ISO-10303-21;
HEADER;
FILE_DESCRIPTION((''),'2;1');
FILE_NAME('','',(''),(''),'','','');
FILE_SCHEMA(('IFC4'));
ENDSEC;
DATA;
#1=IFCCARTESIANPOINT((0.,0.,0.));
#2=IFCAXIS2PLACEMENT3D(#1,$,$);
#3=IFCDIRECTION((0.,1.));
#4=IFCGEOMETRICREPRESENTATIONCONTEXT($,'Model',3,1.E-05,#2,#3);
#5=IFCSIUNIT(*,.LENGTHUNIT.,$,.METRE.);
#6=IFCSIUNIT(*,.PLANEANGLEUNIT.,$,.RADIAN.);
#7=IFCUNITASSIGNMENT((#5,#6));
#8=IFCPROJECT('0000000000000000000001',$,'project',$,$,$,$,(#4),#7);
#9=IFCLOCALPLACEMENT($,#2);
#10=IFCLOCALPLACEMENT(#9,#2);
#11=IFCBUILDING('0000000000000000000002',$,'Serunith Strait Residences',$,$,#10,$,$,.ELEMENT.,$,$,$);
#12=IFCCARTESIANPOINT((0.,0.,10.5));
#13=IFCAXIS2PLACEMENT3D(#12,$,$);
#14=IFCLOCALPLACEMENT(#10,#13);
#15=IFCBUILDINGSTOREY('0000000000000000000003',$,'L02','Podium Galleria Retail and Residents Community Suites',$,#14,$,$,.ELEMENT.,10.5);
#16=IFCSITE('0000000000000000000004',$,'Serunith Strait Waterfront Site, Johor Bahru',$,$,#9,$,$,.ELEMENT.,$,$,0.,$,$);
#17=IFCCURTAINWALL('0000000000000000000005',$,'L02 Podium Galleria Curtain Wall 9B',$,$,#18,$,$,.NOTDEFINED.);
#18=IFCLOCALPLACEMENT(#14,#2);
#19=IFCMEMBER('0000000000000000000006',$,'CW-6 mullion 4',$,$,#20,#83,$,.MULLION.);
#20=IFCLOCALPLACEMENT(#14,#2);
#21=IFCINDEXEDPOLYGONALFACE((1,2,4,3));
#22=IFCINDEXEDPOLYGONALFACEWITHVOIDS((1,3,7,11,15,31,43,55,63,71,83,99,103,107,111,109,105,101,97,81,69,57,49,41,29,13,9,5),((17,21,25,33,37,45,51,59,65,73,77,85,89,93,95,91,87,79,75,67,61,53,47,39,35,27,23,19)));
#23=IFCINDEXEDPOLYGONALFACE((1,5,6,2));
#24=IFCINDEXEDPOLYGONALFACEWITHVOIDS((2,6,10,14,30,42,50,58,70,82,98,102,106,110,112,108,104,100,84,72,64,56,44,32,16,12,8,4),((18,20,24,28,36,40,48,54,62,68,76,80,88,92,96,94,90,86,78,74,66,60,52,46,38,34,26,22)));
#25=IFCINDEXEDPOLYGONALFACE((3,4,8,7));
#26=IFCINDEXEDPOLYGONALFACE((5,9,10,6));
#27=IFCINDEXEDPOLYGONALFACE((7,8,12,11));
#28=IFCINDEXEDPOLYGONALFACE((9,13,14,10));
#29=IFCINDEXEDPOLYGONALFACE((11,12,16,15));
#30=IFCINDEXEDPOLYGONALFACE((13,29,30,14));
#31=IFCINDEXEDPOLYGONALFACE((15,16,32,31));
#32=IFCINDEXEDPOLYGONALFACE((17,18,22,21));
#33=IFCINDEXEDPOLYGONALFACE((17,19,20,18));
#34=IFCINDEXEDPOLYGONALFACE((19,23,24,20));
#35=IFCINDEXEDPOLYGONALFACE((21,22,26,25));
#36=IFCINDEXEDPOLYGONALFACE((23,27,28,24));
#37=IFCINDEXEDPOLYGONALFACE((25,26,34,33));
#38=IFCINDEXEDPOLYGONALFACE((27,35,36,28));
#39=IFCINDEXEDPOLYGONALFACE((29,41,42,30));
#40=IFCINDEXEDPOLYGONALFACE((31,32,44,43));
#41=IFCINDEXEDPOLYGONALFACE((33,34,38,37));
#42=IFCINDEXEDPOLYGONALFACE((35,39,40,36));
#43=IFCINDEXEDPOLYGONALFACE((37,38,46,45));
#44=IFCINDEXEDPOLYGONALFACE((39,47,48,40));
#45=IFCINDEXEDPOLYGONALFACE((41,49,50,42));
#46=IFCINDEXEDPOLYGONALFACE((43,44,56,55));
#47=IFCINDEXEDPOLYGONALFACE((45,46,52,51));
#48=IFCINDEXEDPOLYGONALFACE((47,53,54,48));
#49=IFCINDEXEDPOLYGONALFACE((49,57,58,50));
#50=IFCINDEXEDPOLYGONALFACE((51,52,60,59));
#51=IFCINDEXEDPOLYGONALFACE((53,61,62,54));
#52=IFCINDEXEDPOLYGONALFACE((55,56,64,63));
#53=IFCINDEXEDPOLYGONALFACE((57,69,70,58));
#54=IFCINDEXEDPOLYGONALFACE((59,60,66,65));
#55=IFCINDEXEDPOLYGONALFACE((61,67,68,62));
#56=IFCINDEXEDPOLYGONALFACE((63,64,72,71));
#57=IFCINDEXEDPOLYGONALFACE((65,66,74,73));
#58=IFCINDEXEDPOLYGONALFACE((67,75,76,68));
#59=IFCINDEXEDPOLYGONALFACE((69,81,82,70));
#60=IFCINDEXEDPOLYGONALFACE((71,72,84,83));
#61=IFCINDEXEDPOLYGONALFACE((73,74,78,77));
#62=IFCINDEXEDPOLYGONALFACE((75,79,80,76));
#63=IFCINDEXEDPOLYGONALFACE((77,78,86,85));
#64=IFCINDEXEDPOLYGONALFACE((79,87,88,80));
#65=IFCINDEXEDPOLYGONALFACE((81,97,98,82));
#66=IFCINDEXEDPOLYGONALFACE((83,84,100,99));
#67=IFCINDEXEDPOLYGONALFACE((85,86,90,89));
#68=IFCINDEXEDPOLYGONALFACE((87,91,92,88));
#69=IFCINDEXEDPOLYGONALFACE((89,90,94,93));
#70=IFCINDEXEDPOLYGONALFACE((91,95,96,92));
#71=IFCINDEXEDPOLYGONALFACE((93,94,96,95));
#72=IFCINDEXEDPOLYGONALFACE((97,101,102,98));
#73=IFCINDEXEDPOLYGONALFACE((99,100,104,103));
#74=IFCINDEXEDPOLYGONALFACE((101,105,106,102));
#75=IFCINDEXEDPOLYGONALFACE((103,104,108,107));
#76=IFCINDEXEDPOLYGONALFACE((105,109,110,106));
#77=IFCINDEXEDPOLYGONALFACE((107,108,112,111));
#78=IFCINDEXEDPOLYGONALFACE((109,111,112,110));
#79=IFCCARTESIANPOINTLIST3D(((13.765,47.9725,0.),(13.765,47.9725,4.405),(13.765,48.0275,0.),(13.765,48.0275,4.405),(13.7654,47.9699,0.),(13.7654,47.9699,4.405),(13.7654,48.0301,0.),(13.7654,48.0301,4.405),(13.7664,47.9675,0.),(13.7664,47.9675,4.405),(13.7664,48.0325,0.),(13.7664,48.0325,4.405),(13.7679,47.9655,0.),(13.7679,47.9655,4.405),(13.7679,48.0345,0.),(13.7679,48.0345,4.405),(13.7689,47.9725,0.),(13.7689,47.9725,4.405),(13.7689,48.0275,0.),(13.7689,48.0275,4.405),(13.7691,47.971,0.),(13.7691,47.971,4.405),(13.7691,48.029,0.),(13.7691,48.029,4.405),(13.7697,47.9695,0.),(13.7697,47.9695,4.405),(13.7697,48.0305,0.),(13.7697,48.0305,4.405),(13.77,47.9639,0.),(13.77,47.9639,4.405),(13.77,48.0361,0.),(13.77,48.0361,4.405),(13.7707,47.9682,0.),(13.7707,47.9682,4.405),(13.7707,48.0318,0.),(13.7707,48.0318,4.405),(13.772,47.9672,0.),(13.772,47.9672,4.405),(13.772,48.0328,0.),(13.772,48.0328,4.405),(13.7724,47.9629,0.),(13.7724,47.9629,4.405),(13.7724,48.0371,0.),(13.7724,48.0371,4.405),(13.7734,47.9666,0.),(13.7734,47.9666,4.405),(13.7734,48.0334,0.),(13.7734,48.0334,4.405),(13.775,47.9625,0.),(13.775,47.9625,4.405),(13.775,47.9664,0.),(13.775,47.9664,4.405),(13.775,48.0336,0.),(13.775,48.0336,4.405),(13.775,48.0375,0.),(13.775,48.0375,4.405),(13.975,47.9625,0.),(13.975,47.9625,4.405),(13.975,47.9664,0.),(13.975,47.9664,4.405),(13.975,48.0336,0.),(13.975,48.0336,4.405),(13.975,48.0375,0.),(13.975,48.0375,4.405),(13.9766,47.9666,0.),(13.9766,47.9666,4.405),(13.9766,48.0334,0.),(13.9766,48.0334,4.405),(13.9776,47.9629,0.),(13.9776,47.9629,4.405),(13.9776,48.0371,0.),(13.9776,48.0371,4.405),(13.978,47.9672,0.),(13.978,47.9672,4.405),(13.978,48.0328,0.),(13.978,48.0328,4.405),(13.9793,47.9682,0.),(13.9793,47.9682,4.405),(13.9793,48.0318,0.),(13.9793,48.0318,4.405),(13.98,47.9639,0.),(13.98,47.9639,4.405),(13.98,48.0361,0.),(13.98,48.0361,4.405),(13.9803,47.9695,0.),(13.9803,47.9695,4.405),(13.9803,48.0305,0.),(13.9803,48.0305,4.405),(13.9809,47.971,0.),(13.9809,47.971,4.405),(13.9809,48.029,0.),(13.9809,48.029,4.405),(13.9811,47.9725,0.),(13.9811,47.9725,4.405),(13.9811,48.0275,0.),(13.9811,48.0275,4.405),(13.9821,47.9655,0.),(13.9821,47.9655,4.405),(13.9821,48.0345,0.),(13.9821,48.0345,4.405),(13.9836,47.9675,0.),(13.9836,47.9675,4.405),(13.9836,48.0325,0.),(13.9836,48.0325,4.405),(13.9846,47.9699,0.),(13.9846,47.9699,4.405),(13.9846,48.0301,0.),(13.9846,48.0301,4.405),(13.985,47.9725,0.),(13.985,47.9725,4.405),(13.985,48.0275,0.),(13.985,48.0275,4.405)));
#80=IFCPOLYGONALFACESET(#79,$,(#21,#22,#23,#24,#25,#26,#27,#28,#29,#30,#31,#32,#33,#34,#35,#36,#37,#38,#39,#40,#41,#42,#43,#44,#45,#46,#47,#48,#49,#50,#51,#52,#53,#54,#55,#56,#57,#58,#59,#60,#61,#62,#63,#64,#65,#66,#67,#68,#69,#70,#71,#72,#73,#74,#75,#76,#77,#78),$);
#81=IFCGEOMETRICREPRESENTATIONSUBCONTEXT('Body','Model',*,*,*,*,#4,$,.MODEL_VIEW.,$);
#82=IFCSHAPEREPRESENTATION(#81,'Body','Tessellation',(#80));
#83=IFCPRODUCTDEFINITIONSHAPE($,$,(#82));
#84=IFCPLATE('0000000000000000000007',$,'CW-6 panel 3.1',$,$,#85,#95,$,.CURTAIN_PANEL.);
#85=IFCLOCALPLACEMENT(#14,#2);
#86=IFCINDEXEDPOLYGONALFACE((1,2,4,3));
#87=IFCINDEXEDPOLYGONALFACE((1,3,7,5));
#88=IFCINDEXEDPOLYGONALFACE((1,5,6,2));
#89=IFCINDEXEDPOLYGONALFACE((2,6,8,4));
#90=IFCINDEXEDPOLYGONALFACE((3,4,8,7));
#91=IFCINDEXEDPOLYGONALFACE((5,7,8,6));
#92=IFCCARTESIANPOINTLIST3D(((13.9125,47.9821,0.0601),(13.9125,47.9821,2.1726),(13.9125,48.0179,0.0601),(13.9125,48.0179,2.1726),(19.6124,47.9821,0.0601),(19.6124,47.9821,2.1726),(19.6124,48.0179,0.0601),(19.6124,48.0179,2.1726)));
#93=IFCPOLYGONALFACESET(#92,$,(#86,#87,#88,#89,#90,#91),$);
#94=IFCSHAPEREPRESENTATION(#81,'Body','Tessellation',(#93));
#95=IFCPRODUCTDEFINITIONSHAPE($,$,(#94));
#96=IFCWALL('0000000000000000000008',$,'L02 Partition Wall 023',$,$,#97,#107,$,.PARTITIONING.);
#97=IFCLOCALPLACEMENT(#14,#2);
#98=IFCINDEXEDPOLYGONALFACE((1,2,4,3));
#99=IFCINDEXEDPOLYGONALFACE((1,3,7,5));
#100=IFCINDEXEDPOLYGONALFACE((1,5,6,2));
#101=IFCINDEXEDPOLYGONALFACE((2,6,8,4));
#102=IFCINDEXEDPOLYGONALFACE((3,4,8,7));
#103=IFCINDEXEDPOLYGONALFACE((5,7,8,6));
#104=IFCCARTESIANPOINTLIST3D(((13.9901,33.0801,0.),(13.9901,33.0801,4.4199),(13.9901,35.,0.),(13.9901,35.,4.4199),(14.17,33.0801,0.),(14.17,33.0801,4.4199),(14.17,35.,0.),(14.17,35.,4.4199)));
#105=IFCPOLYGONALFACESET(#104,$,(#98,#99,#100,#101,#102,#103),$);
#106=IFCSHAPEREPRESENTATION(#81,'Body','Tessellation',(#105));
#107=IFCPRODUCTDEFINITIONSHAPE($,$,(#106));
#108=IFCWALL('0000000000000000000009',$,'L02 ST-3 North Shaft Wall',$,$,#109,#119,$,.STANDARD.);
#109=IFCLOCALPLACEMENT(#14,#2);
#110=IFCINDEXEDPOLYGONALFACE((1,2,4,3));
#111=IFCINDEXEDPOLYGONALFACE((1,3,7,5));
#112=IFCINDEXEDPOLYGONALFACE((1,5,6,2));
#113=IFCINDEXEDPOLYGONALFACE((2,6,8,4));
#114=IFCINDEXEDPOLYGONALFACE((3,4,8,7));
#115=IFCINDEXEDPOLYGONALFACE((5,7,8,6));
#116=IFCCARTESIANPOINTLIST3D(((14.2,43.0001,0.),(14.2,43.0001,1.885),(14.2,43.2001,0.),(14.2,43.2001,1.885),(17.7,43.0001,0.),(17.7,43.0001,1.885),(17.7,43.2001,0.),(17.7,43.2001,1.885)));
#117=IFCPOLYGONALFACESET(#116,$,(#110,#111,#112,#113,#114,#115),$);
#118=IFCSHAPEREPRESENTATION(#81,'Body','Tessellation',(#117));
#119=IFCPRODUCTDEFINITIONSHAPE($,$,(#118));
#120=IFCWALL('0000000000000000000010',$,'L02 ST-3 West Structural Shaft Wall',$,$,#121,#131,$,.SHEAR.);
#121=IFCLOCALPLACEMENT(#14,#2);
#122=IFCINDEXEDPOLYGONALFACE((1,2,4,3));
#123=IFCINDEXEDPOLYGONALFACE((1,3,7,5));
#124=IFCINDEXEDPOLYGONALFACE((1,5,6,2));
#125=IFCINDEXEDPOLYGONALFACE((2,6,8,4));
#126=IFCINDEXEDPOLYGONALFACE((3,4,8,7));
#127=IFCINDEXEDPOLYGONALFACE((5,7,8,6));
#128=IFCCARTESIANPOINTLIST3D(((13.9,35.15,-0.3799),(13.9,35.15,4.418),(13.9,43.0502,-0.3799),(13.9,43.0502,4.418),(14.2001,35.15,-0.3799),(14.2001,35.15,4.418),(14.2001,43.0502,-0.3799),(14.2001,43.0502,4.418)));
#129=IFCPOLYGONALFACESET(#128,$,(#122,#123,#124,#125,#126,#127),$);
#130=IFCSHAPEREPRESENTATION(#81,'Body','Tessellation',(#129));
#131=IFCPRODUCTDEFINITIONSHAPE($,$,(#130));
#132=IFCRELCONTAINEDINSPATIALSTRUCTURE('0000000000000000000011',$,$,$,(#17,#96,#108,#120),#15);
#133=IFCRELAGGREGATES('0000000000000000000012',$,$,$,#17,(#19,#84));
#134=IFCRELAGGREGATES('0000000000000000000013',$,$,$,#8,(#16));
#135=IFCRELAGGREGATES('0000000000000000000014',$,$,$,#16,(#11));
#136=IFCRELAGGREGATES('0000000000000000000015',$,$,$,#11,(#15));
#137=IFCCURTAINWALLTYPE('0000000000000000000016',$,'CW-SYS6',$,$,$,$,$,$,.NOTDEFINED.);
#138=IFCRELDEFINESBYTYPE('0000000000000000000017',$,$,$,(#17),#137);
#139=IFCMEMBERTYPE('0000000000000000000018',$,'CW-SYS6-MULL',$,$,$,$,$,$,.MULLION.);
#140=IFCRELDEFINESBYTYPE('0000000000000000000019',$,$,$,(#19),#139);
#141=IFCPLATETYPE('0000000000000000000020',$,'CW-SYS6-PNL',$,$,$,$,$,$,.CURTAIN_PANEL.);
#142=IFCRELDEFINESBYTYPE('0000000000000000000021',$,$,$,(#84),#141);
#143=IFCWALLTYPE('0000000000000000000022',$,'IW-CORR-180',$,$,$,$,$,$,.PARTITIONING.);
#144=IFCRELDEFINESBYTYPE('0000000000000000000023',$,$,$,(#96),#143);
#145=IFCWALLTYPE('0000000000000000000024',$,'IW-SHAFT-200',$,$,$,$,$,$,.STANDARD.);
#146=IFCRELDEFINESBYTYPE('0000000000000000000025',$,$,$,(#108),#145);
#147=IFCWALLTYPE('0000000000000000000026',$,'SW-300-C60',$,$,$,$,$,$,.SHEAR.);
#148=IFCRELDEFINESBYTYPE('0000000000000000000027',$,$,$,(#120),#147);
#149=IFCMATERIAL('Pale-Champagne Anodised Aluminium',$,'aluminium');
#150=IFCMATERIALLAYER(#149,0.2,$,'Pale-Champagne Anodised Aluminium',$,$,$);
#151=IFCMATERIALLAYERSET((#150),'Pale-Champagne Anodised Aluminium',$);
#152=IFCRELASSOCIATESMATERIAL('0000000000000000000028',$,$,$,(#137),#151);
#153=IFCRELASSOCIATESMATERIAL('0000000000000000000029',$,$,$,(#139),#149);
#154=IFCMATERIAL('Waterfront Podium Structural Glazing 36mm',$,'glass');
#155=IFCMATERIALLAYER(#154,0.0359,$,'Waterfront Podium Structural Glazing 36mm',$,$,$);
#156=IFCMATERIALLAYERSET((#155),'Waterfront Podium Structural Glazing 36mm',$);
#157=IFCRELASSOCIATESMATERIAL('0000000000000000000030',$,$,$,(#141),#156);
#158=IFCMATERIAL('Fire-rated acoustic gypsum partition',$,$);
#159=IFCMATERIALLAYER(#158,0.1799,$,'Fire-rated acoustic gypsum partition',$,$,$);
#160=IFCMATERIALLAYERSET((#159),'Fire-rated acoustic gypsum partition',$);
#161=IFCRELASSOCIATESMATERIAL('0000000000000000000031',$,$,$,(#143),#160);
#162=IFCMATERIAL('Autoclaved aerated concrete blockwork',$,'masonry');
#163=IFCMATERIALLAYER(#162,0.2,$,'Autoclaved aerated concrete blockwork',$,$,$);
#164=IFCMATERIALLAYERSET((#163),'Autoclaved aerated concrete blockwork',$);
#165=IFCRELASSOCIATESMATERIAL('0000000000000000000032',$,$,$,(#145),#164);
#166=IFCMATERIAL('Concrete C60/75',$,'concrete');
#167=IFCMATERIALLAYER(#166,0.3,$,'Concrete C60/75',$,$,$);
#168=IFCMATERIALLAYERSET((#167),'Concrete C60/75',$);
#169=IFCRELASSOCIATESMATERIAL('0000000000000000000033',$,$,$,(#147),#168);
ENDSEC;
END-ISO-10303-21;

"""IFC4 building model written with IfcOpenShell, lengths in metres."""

from ifc_helpers import new_model, si_unit, direction, frame, frame_2d, origin, origin_2d, place, context, subcontext, project, spatial, rectangle, hollow_rectangle, extrude, source, transform, mapped, material, layer, layer_set, material_profile, profile_set, type_object, element, aggregate, save


model = new_model("IFC4")

# Units and contexts
model_context = context("Model", 3, precision=1e-05, world=origin(), true_north=direction((0.0, 1.0)))
body_context = subcontext(model_context, "Body", "Model", "MODEL_VIEW")
ifc_project = project(units=[si_unit("LENGTHUNIT", "METRE"), si_unit("PLANEANGLEUNIT", "RADIAN")], contexts=[model_context])

# Site, building, storey
site_placement = place(None, origin())
site = spatial("IfcSite", under=ifc_project, at=site_placement, Name="Serunith Strait Waterfront Site, Johor Bahru", CompositionType="ELEMENT", RefElevation=0.0)
building_placement = place(site_placement, origin())
building = spatial("IfcBuilding", under=site, at=building_placement, Name="Serunith Strait Residences", CompositionType="ELEMENT")
storey_placement = place(building_placement, frame((0.0, 0.0, 10.5)))
storey = spatial("IfcBuildingStorey", under=building, at=storey_placement, Name="L02", Description="Podium Galleria Retail and Residents Community Suites", CompositionType="ELEMENT", Elevation=10.5)

# Shared definitions
ifc_material_1 = material(Name="Concrete C60/75", Category="concrete")

# Curtain wall, member, plate
ifc_material_2 = material(Name="Pale-Champagne Anodised Aluminium", Category="aluminium")
ifc_layer_1 = layer(ifc_material_2, 0.2, Name="Pale-Champagne Anodised Aluminium")
ifc_layer_set_1 = layer_set([ifc_layer_1], Name="Pale-Champagne Anodised Aluminium")
curtain_wall_type = type_object("IfcCurtainWallType", Name="CW-SYS6", PredefinedType="NOTDEFINED", material=ifc_layer_set_1)
curtain_wall_placement = place(storey_placement, origin())
curtain_wall = element("IfcCurtainWall", 1, at=curtain_wall_placement, inside=storey, type_object=curtain_wall_type, Name="L02 Podium Galleria Curtain Wall 9B", PredefinedType="NOTDEFINED")
ifc_material_profile_1 = material_profile(ifc_material_2, hollow_rectangle(XDim=0.075, YDim=0.22, WallThickness=0.0039, InnerFilletRadius=0.0061, OuterFilletRadius=0.01, at=origin_2d()), Name="ALU 220x75x4")
ifc_profile_set_1 = profile_set([ifc_material_profile_1], Name="Pale-Champagne Anodised Aluminium")
member_type_1 = type_object("IfcMemberType", Name="CW-SYS6-MULL", PredefinedType="MULLION", material=ifc_profile_set_1)
shared_shape_1 = source(origin(), body_context, "Body", "SweptSolid", [
    extrude(hollow_rectangle(XDim=0.075, YDim=0.22, WallThickness=0.0039, InnerFilletRadius=0.0061, OuterFilletRadius=0.01, at=origin_2d()), origin(), (0.0, 0.0, 1.0), 4.405),
])
member_1_placement = place(storey_placement, frame((13.875, 48.0, 0.0), z_axis=(0.0, 0.0, 1.0), x_axis=(0.0, -1.0, 0.0)))
member_1 = element("IfcMember", 2, at=member_1_placement, type_object=member_type_1, Name="CW-6 mullion 4", PredefinedType="MULLION", context=body_context, shape_type="MappedRepresentation", body=[
    mapped(shared_shape_1, transform((0.0, 0.0, 0.0), scale=1.0)),
])
ifc_material_3 = material(Name="Waterfront Podium Structural Glazing 36mm", Category="glass")
ifc_layer_2 = layer(ifc_material_3, 0.0359, Name="Waterfront Podium Structural Glazing 36mm")
ifc_layer_set_2 = layer_set([ifc_layer_2], Name="Waterfront Podium Structural Glazing 36mm")
plate_type = type_object("IfcPlateType", Name="CW-SYS6-PNL", PredefinedType="CURTAIN_PANEL", material=ifc_layer_set_2)
shared_shape_2 = source(origin(), body_context, "Body", "SweptSolid", [
    extrude(rectangle(XDim=5.7, YDim=0.0359, at=origin_2d()), origin(), (0.0, 0.0, 1.0), 2.1125),
])
plate_placement = place(storey_placement, frame((16.7625, 48.0, 0.0601), z_axis=(0.0, 0.0, 1.0), x_axis=(-1.0, 0.0, 0.0)))
plate = element("IfcPlate", 3, at=plate_placement, type_object=plate_type, Name="CW-6 panel 3.1", PredefinedType="CURTAIN_PANEL", context=body_context, shape_type="MappedRepresentation", body=[
    mapped(shared_shape_2, transform((0.0, 0.0, 0.0), scale=1.0)),
])
aggregate(curtain_wall, [member_1, plate])

# Wall
ifc_material_4 = material(Name="Fire-rated acoustic gypsum partition")
ifc_layer_3 = layer(ifc_material_4, 0.1799, Name="Fire-rated acoustic gypsum partition")
ifc_layer_set_3 = layer_set([ifc_layer_3], Name="Fire-rated acoustic gypsum partition")
wall_type_1 = type_object("IfcWallType", Name="IW-CORR-180", PredefinedType="PARTITIONING", material=ifc_layer_set_3)
wall_1_placement = place(storey_placement, frame((14.0801, 33.0801, 0.0), z_axis=(0.0, 0.0, 1.0), x_axis=(0.0, 1.0, 0.0)))
element("IfcWall", 4, at=wall_1_placement, inside=storey, type_object=wall_type_1, Name="L02 Partition Wall 023", PredefinedType="PARTITIONING", context=body_context, shape_type="SweptSolid", body=[
    extrude(rectangle(XDim=1.9199, YDim=0.1799, at=frame_2d((0.96, 0.0))), origin(), (0.0, 0.0, 1.0), 4.4199),
])

# Shared definitions
ifc_material_5 = material(Name="Autoclaved aerated concrete blockwork", Category="masonry")
ifc_layer_4 = layer(ifc_material_5, 0.2, Name="Autoclaved aerated concrete blockwork")
ifc_layer_set_4 = layer_set([ifc_layer_4], Name="Autoclaved aerated concrete blockwork")
wall_type_2 = type_object("IfcWallType", Name="IW-SHAFT-200", PredefinedType="STANDARD", material=ifc_layer_set_4)

# Walls
wall_2_placement = place(storey_placement, frame((14.2, 43.1001, 0.0), z_axis=(0.0, 0.0, 1.0), x_axis=(1.0, 0.0, 0.0)))
element("IfcWall", 5, at=wall_2_placement, inside=storey, type_object=wall_type_2, Name="L02 ST-3 North Shaft Wall", PredefinedType="STANDARD", context=body_context, shape_type="SweptSolid", body=[
    extrude(rectangle(XDim=3.5, YDim=0.2, at=frame_2d((1.75, 0.0))), origin(), (0.0, 0.0, 1.0), 1.885),
])
ifc_layer_5 = layer(ifc_material_1, 0.3, Name="Concrete C60/75")
ifc_layer_set_5 = layer_set([ifc_layer_5], Name="Concrete C60/75")
wall_type_3 = type_object("IfcWallType", Name="SW-300-C60", PredefinedType="SHEAR", material=ifc_layer_set_5)
wall_3_placement = place(storey_placement, frame((14.05, 35.1499, -0.3799), z_axis=(0.0, 0.0, 1.0), x_axis=(0.0, 1.0, 0.0)))
element("IfcWall", 6, at=wall_3_placement, inside=storey, type_object=wall_type_3, Name="L02 ST-3 West Structural Shaft Wall", PredefinedType="SHEAR", context=body_context, shape_type="SweptSolid", body=[
    extrude(rectangle(XDim=7.9001, YDim=0.3, at=frame_2d((3.9502, 0.0))), origin(), (0.0, 0.0, 1.0), 4.7979),
])

save(model, "model.ifc")
